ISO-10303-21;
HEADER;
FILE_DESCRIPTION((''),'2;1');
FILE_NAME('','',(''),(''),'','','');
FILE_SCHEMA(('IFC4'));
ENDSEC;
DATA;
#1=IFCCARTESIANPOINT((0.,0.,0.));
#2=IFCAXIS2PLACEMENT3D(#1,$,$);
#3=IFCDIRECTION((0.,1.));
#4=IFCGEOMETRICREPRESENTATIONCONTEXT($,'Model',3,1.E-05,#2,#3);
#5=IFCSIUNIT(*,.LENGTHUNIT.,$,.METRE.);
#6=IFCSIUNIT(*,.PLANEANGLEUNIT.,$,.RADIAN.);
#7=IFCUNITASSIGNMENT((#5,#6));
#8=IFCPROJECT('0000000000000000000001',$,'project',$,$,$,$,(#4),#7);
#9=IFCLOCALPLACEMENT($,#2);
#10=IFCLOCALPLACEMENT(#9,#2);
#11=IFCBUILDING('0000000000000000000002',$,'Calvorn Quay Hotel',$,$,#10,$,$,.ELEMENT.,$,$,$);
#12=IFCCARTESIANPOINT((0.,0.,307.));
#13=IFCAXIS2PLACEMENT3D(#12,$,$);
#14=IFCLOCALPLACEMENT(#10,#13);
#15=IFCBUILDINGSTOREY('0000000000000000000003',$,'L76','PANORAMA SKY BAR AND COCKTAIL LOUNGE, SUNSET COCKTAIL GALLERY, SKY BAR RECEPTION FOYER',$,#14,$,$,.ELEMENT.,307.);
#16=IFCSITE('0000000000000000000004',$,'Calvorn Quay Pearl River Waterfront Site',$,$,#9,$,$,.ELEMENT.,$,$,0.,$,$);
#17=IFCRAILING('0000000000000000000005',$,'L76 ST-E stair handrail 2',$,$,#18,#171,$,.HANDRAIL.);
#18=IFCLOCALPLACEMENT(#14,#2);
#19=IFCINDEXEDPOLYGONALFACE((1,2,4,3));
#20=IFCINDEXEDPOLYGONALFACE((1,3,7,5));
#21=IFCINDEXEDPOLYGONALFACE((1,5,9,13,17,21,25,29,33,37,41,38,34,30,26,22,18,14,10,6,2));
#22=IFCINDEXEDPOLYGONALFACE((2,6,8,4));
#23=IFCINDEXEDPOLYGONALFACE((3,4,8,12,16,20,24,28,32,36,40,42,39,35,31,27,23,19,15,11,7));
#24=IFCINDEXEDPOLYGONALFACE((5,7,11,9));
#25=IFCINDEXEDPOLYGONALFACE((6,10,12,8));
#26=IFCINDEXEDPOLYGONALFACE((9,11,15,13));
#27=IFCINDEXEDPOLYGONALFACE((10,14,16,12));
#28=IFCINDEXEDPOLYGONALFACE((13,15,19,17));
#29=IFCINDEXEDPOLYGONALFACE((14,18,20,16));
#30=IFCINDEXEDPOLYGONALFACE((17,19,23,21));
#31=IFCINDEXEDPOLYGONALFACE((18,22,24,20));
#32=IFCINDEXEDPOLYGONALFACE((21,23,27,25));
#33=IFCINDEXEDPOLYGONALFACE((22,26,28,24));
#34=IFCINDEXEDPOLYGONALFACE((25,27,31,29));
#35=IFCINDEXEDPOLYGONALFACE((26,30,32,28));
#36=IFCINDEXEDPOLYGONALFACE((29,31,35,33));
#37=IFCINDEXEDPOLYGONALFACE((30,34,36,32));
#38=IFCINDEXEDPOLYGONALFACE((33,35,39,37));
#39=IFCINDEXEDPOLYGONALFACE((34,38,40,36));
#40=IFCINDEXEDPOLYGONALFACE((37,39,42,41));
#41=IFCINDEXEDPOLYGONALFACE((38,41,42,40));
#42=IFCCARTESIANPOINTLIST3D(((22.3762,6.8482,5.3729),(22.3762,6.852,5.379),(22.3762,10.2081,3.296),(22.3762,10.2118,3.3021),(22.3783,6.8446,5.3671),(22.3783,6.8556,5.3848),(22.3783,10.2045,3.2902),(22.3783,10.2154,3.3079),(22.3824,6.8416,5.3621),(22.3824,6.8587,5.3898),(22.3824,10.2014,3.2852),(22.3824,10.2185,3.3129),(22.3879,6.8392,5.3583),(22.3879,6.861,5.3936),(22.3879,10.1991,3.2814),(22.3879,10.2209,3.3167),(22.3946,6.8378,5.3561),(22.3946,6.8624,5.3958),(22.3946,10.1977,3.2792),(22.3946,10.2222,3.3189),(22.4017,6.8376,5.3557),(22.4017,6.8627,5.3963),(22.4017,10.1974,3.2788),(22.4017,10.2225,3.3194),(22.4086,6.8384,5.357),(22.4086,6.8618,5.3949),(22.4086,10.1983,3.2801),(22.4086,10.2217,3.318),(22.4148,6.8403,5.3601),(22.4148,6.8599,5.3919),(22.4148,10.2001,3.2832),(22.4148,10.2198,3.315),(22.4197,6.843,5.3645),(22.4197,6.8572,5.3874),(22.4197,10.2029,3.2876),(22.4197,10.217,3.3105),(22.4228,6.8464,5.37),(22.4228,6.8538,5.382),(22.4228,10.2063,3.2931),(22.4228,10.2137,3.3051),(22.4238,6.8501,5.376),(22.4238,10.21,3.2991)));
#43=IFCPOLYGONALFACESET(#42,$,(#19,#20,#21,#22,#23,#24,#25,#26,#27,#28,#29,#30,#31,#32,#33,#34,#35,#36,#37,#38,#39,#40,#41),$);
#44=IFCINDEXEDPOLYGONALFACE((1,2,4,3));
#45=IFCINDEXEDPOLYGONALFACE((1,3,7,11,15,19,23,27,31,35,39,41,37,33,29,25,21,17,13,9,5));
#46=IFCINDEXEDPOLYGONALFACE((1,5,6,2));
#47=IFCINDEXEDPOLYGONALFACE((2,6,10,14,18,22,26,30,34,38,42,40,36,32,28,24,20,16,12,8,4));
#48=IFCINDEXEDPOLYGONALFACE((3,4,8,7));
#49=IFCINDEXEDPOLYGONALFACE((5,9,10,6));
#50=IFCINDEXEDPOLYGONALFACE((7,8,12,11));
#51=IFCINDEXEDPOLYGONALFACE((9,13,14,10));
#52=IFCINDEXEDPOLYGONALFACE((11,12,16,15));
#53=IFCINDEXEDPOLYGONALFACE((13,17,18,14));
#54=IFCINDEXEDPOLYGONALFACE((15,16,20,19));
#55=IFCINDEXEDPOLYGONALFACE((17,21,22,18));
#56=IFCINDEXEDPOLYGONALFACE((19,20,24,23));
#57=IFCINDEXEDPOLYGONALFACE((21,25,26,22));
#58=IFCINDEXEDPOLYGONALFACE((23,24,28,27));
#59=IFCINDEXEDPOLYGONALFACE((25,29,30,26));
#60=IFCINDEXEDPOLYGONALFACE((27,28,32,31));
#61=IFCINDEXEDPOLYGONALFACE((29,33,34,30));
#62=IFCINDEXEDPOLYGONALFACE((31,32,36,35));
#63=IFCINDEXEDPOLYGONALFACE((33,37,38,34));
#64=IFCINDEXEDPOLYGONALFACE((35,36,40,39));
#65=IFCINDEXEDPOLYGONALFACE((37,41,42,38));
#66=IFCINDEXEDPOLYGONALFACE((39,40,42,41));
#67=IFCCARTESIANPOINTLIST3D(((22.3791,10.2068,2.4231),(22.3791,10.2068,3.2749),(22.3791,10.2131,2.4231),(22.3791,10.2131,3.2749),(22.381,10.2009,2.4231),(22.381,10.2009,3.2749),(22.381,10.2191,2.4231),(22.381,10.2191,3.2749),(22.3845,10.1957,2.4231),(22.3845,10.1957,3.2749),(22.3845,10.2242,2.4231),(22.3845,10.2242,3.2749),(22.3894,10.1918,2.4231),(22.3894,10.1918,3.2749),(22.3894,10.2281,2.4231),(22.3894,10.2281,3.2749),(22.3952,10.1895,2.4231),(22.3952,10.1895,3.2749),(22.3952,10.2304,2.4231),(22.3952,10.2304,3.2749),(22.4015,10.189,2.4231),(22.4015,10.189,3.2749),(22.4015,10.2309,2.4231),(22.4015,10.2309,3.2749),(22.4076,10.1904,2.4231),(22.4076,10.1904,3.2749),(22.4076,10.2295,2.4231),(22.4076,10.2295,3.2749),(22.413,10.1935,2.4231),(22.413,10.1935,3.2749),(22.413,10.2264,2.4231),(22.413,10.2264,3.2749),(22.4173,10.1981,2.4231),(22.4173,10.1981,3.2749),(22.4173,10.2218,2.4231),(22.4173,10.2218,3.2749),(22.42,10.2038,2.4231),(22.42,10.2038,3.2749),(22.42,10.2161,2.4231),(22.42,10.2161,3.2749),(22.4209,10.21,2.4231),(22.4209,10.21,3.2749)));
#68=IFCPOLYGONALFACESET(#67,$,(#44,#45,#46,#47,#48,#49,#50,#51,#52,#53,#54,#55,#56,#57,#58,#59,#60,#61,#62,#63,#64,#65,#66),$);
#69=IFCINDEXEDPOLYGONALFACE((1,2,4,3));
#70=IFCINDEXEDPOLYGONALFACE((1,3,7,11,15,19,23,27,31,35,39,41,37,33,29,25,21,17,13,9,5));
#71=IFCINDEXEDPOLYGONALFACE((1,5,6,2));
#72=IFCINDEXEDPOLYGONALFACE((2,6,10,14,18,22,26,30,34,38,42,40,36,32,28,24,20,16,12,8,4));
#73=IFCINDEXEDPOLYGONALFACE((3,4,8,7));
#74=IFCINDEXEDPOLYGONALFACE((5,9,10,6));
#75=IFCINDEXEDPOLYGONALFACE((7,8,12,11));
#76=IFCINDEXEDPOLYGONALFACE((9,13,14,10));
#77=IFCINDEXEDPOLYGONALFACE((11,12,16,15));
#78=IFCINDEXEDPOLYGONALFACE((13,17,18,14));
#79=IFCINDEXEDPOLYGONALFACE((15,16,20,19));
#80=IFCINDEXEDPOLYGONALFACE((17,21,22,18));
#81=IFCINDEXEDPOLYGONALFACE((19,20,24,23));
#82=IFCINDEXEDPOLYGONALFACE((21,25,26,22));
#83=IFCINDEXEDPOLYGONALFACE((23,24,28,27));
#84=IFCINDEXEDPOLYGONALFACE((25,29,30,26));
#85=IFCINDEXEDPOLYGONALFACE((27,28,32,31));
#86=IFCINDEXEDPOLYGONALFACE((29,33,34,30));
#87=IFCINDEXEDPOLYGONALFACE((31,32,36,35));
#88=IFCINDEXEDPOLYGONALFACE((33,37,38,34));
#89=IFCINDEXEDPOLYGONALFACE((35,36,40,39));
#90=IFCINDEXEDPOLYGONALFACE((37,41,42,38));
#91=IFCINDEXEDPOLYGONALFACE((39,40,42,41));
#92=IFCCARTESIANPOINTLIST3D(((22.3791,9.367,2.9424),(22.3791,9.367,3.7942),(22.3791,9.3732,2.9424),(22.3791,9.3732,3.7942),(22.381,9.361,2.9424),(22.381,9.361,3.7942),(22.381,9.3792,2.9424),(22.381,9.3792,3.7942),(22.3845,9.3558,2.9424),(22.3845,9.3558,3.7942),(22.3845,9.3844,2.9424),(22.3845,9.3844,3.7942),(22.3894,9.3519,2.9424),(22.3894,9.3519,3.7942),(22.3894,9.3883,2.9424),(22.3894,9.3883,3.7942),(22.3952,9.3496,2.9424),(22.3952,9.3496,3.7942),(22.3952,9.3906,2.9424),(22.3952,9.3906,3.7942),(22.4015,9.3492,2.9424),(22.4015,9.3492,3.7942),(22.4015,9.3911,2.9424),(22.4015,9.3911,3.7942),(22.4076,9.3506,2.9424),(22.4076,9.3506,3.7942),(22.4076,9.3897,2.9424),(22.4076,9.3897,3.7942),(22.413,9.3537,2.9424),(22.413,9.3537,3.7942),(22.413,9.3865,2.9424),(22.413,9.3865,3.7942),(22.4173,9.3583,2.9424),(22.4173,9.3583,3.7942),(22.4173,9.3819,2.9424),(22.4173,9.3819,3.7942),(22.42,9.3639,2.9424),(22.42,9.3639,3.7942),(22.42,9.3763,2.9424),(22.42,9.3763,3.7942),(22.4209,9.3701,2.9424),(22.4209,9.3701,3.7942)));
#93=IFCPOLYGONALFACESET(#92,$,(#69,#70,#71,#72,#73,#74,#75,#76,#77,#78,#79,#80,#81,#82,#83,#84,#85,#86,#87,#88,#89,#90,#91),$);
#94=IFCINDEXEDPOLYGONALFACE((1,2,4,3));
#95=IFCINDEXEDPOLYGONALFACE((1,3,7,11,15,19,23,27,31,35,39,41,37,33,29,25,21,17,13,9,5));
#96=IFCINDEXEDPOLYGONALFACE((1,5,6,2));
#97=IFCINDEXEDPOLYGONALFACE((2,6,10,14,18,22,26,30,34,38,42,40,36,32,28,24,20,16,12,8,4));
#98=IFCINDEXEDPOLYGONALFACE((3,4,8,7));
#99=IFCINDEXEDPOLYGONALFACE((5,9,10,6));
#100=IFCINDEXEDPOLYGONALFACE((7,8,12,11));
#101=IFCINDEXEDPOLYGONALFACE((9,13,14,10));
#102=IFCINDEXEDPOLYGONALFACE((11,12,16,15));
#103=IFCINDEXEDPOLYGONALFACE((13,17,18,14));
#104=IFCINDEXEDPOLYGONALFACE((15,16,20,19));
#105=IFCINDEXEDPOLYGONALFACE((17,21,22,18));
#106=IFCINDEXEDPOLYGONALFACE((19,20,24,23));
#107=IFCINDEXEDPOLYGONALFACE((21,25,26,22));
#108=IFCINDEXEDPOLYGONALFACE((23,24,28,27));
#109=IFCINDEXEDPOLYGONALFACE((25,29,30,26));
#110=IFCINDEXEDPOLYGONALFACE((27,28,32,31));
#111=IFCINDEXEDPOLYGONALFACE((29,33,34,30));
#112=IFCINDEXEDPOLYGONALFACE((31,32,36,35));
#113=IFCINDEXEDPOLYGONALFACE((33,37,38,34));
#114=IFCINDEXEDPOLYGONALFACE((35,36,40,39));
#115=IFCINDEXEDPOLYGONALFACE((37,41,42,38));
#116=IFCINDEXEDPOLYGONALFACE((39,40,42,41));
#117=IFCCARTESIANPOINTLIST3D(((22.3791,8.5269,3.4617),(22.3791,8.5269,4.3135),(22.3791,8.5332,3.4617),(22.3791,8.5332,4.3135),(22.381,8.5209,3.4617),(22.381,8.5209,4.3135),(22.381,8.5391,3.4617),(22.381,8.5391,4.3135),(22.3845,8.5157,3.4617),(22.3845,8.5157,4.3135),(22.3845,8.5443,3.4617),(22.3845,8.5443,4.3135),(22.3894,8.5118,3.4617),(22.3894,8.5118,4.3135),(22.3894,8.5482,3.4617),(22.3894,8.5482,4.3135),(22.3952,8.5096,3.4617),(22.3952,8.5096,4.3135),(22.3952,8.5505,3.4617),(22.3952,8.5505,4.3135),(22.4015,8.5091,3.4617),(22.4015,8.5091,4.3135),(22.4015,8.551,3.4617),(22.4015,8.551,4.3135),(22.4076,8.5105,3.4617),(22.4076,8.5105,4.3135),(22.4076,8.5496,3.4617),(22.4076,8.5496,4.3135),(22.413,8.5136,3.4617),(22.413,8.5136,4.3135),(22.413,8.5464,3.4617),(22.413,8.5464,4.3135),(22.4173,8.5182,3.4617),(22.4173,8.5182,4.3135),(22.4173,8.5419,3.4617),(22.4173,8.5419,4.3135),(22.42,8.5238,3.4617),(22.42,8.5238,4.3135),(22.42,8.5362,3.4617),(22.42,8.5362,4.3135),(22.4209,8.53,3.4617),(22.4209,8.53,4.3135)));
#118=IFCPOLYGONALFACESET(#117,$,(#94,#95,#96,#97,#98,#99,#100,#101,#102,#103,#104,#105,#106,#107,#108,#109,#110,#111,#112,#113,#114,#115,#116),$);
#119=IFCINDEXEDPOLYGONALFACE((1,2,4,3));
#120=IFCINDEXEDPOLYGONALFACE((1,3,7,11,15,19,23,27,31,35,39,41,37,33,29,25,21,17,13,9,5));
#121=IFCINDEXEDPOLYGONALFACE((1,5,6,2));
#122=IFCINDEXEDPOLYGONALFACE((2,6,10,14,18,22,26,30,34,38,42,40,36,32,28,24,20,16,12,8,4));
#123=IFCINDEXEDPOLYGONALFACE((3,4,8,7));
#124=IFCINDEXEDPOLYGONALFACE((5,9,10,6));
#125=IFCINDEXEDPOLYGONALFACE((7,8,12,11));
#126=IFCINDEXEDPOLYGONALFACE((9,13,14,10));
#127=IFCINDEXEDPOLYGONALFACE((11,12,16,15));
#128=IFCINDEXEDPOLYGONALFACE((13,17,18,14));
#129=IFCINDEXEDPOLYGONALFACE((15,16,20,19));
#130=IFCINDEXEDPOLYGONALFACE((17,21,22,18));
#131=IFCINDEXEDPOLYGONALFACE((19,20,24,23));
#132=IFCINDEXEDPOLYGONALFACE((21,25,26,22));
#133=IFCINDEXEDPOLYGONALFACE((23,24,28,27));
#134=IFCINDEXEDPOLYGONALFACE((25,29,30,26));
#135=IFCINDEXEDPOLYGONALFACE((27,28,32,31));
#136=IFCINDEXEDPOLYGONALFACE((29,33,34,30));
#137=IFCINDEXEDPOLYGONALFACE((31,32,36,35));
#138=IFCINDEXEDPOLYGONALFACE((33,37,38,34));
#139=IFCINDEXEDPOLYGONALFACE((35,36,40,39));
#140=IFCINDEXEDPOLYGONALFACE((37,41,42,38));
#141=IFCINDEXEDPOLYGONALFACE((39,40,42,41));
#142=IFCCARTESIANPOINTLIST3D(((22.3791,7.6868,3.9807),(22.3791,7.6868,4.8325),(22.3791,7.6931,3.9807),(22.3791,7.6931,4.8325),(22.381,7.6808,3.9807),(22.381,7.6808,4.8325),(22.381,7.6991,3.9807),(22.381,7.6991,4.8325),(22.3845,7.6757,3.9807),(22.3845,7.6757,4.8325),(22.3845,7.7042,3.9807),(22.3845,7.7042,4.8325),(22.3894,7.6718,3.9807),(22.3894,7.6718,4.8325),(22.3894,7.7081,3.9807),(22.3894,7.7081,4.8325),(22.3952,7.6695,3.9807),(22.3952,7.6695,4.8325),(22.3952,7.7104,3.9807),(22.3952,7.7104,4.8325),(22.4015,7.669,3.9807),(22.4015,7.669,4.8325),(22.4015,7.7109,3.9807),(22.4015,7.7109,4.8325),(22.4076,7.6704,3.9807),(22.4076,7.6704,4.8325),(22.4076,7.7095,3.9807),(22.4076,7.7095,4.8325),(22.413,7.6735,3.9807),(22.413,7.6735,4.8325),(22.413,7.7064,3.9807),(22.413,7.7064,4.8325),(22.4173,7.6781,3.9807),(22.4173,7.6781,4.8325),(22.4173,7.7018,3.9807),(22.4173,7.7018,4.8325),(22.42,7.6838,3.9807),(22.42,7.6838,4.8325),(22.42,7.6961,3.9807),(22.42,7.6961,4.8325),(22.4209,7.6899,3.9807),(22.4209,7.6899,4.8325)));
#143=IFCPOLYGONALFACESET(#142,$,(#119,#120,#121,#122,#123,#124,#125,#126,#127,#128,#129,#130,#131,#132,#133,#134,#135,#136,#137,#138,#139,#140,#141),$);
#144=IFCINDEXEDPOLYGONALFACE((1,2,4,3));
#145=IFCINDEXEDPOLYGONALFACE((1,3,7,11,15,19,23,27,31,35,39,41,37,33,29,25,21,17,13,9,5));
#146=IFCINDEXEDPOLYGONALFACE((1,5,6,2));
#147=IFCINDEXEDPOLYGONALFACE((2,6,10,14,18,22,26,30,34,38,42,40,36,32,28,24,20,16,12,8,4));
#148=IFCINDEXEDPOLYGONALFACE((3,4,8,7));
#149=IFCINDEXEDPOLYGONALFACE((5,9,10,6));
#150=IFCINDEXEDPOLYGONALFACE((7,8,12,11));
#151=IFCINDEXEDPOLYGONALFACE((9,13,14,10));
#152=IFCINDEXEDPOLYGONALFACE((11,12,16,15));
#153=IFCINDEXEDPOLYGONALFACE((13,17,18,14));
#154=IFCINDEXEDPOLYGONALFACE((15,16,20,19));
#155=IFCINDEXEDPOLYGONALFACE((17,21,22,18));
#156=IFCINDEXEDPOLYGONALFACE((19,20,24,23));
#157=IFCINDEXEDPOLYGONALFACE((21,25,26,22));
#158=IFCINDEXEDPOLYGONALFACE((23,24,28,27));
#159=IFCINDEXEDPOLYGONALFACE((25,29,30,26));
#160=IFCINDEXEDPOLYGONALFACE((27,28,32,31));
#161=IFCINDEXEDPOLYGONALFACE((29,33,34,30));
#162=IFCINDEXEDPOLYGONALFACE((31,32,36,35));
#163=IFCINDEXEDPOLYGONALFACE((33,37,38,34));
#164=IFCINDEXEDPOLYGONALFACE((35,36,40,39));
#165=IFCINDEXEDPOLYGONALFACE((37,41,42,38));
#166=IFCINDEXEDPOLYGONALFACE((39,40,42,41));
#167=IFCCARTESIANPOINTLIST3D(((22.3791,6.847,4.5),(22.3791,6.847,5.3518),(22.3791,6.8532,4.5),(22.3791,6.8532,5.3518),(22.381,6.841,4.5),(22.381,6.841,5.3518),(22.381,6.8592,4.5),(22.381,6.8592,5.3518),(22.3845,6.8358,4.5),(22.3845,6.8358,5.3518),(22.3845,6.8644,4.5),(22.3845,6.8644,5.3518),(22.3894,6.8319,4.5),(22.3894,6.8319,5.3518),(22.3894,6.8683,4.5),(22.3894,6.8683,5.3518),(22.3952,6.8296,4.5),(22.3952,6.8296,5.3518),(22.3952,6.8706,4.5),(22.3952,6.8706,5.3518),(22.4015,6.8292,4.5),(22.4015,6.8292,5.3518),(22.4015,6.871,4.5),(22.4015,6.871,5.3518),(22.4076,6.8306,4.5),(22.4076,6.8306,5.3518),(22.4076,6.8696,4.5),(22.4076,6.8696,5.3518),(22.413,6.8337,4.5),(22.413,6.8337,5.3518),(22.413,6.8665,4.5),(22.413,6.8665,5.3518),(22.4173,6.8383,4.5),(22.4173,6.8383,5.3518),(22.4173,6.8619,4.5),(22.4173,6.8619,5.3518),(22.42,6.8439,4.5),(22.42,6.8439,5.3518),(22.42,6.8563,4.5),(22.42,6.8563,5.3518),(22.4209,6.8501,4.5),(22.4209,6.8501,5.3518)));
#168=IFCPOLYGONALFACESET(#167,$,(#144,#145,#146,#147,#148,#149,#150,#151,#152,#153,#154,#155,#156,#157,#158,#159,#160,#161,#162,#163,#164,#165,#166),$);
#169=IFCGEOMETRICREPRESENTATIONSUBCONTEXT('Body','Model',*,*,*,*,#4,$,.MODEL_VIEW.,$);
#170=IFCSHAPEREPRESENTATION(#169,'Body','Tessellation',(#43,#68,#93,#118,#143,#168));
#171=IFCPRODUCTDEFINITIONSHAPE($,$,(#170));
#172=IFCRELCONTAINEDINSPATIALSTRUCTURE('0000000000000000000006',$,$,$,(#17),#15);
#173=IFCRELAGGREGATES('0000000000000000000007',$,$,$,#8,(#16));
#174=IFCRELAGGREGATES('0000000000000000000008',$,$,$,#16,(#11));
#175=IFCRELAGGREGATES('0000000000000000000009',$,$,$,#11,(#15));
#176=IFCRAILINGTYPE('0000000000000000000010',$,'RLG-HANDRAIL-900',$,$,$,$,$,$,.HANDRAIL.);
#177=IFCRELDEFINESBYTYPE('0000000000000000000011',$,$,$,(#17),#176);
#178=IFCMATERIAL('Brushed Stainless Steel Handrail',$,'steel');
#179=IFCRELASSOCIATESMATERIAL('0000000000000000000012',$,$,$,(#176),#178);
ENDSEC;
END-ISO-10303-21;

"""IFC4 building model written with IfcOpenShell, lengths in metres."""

from ifc_helpers import new_model, si_unit, direction, frame, origin, origin_2d, place, context, subcontext, project, spatial, circle, extrude, material, type_object, element, save


model = new_model("IFC4")

# Units and contexts
model_context = context("Model", 3, precision=1e-05, world=origin(), true_north=direction((0.0, 1.0)))
body_context = subcontext(model_context, "Body", "Model", "MODEL_VIEW")
ifc_project = project(units=[si_unit("LENGTHUNIT", "METRE"), si_unit("PLANEANGLEUNIT", "RADIAN")], contexts=[model_context])

# Site, building, storey
site_placement = place(None, origin())
site = spatial("IfcSite", under=ifc_project, at=site_placement, Name="Calvorn Quay Pearl River Waterfront Site", CompositionType="ELEMENT", RefElevation=0.0)
building_placement = place(site_placement, origin())
building = spatial("IfcBuilding", under=site, at=building_placement, Name="Calvorn Quay Hotel", CompositionType="ELEMENT")
storey_placement = place(building_placement, frame((0.0, 0.0, 307.0)))
storey = spatial("IfcBuildingStorey", under=building, at=storey_placement, Name="L76", Description="PANORAMA SKY BAR AND COCKTAIL LOUNGE, SUNSET COCKTAIL GALLERY, SKY BAR RECEPTION FOYER", CompositionType="ELEMENT", Elevation=307.0)

# Railing
ifc_material_1 = material(Name="Brushed Stainless Steel Handrail", Category="steel")
railing_type_1 = type_object("IfcRailingType", Name="RLG-HANDRAIL-900", PredefinedType="HANDRAIL", material=ifc_material_1)
railing_1_placement = place(storey_placement, frame((22.3999, 10.21, 2.4231)))
element("IfcRailing", 1, at=railing_1_placement, inside=storey, type_object=railing_type_1, Name="L76 ST-E stair handrail 2", PredefinedType="HANDRAIL", context=body_context, shape_type="SweptSolid", body=[
    extrude(circle(Radius=0.0239, at=origin_2d()), frame((0.0, 0.0, 0.876), z_axis=(0.0, -0.850606, 0.525803), x_axis=(1.0, 0.0, 0.0)), (0.0, 0.0, 1.0), 3.95),
    extrude(circle(Radius=0.021, at=origin_2d()), origin(), (0.0, 0.0, 1.0), 0.8518),
    extrude(circle(Radius=0.021, at=origin_2d()), frame((0.0, -0.8398, 0.5193)), (0.0, 0.0, 1.0), 0.8518),
    extrude(circle(Radius=0.021, at=origin_2d()), frame((0.0, -1.6799, 1.0386)), (0.0, 0.0, 1.0), 0.8518),
    extrude(circle(Radius=0.021, at=origin_2d()), frame((0.0, -2.52, 1.5576)), (0.0, 0.0, 1.0), 0.8518),
    extrude(circle(Radius=0.021, at=origin_2d()), frame((0.0, -3.3599, 2.0769)), (0.0, 0.0, 1.0), 0.8518),
])

save(model, "model.ifc")
